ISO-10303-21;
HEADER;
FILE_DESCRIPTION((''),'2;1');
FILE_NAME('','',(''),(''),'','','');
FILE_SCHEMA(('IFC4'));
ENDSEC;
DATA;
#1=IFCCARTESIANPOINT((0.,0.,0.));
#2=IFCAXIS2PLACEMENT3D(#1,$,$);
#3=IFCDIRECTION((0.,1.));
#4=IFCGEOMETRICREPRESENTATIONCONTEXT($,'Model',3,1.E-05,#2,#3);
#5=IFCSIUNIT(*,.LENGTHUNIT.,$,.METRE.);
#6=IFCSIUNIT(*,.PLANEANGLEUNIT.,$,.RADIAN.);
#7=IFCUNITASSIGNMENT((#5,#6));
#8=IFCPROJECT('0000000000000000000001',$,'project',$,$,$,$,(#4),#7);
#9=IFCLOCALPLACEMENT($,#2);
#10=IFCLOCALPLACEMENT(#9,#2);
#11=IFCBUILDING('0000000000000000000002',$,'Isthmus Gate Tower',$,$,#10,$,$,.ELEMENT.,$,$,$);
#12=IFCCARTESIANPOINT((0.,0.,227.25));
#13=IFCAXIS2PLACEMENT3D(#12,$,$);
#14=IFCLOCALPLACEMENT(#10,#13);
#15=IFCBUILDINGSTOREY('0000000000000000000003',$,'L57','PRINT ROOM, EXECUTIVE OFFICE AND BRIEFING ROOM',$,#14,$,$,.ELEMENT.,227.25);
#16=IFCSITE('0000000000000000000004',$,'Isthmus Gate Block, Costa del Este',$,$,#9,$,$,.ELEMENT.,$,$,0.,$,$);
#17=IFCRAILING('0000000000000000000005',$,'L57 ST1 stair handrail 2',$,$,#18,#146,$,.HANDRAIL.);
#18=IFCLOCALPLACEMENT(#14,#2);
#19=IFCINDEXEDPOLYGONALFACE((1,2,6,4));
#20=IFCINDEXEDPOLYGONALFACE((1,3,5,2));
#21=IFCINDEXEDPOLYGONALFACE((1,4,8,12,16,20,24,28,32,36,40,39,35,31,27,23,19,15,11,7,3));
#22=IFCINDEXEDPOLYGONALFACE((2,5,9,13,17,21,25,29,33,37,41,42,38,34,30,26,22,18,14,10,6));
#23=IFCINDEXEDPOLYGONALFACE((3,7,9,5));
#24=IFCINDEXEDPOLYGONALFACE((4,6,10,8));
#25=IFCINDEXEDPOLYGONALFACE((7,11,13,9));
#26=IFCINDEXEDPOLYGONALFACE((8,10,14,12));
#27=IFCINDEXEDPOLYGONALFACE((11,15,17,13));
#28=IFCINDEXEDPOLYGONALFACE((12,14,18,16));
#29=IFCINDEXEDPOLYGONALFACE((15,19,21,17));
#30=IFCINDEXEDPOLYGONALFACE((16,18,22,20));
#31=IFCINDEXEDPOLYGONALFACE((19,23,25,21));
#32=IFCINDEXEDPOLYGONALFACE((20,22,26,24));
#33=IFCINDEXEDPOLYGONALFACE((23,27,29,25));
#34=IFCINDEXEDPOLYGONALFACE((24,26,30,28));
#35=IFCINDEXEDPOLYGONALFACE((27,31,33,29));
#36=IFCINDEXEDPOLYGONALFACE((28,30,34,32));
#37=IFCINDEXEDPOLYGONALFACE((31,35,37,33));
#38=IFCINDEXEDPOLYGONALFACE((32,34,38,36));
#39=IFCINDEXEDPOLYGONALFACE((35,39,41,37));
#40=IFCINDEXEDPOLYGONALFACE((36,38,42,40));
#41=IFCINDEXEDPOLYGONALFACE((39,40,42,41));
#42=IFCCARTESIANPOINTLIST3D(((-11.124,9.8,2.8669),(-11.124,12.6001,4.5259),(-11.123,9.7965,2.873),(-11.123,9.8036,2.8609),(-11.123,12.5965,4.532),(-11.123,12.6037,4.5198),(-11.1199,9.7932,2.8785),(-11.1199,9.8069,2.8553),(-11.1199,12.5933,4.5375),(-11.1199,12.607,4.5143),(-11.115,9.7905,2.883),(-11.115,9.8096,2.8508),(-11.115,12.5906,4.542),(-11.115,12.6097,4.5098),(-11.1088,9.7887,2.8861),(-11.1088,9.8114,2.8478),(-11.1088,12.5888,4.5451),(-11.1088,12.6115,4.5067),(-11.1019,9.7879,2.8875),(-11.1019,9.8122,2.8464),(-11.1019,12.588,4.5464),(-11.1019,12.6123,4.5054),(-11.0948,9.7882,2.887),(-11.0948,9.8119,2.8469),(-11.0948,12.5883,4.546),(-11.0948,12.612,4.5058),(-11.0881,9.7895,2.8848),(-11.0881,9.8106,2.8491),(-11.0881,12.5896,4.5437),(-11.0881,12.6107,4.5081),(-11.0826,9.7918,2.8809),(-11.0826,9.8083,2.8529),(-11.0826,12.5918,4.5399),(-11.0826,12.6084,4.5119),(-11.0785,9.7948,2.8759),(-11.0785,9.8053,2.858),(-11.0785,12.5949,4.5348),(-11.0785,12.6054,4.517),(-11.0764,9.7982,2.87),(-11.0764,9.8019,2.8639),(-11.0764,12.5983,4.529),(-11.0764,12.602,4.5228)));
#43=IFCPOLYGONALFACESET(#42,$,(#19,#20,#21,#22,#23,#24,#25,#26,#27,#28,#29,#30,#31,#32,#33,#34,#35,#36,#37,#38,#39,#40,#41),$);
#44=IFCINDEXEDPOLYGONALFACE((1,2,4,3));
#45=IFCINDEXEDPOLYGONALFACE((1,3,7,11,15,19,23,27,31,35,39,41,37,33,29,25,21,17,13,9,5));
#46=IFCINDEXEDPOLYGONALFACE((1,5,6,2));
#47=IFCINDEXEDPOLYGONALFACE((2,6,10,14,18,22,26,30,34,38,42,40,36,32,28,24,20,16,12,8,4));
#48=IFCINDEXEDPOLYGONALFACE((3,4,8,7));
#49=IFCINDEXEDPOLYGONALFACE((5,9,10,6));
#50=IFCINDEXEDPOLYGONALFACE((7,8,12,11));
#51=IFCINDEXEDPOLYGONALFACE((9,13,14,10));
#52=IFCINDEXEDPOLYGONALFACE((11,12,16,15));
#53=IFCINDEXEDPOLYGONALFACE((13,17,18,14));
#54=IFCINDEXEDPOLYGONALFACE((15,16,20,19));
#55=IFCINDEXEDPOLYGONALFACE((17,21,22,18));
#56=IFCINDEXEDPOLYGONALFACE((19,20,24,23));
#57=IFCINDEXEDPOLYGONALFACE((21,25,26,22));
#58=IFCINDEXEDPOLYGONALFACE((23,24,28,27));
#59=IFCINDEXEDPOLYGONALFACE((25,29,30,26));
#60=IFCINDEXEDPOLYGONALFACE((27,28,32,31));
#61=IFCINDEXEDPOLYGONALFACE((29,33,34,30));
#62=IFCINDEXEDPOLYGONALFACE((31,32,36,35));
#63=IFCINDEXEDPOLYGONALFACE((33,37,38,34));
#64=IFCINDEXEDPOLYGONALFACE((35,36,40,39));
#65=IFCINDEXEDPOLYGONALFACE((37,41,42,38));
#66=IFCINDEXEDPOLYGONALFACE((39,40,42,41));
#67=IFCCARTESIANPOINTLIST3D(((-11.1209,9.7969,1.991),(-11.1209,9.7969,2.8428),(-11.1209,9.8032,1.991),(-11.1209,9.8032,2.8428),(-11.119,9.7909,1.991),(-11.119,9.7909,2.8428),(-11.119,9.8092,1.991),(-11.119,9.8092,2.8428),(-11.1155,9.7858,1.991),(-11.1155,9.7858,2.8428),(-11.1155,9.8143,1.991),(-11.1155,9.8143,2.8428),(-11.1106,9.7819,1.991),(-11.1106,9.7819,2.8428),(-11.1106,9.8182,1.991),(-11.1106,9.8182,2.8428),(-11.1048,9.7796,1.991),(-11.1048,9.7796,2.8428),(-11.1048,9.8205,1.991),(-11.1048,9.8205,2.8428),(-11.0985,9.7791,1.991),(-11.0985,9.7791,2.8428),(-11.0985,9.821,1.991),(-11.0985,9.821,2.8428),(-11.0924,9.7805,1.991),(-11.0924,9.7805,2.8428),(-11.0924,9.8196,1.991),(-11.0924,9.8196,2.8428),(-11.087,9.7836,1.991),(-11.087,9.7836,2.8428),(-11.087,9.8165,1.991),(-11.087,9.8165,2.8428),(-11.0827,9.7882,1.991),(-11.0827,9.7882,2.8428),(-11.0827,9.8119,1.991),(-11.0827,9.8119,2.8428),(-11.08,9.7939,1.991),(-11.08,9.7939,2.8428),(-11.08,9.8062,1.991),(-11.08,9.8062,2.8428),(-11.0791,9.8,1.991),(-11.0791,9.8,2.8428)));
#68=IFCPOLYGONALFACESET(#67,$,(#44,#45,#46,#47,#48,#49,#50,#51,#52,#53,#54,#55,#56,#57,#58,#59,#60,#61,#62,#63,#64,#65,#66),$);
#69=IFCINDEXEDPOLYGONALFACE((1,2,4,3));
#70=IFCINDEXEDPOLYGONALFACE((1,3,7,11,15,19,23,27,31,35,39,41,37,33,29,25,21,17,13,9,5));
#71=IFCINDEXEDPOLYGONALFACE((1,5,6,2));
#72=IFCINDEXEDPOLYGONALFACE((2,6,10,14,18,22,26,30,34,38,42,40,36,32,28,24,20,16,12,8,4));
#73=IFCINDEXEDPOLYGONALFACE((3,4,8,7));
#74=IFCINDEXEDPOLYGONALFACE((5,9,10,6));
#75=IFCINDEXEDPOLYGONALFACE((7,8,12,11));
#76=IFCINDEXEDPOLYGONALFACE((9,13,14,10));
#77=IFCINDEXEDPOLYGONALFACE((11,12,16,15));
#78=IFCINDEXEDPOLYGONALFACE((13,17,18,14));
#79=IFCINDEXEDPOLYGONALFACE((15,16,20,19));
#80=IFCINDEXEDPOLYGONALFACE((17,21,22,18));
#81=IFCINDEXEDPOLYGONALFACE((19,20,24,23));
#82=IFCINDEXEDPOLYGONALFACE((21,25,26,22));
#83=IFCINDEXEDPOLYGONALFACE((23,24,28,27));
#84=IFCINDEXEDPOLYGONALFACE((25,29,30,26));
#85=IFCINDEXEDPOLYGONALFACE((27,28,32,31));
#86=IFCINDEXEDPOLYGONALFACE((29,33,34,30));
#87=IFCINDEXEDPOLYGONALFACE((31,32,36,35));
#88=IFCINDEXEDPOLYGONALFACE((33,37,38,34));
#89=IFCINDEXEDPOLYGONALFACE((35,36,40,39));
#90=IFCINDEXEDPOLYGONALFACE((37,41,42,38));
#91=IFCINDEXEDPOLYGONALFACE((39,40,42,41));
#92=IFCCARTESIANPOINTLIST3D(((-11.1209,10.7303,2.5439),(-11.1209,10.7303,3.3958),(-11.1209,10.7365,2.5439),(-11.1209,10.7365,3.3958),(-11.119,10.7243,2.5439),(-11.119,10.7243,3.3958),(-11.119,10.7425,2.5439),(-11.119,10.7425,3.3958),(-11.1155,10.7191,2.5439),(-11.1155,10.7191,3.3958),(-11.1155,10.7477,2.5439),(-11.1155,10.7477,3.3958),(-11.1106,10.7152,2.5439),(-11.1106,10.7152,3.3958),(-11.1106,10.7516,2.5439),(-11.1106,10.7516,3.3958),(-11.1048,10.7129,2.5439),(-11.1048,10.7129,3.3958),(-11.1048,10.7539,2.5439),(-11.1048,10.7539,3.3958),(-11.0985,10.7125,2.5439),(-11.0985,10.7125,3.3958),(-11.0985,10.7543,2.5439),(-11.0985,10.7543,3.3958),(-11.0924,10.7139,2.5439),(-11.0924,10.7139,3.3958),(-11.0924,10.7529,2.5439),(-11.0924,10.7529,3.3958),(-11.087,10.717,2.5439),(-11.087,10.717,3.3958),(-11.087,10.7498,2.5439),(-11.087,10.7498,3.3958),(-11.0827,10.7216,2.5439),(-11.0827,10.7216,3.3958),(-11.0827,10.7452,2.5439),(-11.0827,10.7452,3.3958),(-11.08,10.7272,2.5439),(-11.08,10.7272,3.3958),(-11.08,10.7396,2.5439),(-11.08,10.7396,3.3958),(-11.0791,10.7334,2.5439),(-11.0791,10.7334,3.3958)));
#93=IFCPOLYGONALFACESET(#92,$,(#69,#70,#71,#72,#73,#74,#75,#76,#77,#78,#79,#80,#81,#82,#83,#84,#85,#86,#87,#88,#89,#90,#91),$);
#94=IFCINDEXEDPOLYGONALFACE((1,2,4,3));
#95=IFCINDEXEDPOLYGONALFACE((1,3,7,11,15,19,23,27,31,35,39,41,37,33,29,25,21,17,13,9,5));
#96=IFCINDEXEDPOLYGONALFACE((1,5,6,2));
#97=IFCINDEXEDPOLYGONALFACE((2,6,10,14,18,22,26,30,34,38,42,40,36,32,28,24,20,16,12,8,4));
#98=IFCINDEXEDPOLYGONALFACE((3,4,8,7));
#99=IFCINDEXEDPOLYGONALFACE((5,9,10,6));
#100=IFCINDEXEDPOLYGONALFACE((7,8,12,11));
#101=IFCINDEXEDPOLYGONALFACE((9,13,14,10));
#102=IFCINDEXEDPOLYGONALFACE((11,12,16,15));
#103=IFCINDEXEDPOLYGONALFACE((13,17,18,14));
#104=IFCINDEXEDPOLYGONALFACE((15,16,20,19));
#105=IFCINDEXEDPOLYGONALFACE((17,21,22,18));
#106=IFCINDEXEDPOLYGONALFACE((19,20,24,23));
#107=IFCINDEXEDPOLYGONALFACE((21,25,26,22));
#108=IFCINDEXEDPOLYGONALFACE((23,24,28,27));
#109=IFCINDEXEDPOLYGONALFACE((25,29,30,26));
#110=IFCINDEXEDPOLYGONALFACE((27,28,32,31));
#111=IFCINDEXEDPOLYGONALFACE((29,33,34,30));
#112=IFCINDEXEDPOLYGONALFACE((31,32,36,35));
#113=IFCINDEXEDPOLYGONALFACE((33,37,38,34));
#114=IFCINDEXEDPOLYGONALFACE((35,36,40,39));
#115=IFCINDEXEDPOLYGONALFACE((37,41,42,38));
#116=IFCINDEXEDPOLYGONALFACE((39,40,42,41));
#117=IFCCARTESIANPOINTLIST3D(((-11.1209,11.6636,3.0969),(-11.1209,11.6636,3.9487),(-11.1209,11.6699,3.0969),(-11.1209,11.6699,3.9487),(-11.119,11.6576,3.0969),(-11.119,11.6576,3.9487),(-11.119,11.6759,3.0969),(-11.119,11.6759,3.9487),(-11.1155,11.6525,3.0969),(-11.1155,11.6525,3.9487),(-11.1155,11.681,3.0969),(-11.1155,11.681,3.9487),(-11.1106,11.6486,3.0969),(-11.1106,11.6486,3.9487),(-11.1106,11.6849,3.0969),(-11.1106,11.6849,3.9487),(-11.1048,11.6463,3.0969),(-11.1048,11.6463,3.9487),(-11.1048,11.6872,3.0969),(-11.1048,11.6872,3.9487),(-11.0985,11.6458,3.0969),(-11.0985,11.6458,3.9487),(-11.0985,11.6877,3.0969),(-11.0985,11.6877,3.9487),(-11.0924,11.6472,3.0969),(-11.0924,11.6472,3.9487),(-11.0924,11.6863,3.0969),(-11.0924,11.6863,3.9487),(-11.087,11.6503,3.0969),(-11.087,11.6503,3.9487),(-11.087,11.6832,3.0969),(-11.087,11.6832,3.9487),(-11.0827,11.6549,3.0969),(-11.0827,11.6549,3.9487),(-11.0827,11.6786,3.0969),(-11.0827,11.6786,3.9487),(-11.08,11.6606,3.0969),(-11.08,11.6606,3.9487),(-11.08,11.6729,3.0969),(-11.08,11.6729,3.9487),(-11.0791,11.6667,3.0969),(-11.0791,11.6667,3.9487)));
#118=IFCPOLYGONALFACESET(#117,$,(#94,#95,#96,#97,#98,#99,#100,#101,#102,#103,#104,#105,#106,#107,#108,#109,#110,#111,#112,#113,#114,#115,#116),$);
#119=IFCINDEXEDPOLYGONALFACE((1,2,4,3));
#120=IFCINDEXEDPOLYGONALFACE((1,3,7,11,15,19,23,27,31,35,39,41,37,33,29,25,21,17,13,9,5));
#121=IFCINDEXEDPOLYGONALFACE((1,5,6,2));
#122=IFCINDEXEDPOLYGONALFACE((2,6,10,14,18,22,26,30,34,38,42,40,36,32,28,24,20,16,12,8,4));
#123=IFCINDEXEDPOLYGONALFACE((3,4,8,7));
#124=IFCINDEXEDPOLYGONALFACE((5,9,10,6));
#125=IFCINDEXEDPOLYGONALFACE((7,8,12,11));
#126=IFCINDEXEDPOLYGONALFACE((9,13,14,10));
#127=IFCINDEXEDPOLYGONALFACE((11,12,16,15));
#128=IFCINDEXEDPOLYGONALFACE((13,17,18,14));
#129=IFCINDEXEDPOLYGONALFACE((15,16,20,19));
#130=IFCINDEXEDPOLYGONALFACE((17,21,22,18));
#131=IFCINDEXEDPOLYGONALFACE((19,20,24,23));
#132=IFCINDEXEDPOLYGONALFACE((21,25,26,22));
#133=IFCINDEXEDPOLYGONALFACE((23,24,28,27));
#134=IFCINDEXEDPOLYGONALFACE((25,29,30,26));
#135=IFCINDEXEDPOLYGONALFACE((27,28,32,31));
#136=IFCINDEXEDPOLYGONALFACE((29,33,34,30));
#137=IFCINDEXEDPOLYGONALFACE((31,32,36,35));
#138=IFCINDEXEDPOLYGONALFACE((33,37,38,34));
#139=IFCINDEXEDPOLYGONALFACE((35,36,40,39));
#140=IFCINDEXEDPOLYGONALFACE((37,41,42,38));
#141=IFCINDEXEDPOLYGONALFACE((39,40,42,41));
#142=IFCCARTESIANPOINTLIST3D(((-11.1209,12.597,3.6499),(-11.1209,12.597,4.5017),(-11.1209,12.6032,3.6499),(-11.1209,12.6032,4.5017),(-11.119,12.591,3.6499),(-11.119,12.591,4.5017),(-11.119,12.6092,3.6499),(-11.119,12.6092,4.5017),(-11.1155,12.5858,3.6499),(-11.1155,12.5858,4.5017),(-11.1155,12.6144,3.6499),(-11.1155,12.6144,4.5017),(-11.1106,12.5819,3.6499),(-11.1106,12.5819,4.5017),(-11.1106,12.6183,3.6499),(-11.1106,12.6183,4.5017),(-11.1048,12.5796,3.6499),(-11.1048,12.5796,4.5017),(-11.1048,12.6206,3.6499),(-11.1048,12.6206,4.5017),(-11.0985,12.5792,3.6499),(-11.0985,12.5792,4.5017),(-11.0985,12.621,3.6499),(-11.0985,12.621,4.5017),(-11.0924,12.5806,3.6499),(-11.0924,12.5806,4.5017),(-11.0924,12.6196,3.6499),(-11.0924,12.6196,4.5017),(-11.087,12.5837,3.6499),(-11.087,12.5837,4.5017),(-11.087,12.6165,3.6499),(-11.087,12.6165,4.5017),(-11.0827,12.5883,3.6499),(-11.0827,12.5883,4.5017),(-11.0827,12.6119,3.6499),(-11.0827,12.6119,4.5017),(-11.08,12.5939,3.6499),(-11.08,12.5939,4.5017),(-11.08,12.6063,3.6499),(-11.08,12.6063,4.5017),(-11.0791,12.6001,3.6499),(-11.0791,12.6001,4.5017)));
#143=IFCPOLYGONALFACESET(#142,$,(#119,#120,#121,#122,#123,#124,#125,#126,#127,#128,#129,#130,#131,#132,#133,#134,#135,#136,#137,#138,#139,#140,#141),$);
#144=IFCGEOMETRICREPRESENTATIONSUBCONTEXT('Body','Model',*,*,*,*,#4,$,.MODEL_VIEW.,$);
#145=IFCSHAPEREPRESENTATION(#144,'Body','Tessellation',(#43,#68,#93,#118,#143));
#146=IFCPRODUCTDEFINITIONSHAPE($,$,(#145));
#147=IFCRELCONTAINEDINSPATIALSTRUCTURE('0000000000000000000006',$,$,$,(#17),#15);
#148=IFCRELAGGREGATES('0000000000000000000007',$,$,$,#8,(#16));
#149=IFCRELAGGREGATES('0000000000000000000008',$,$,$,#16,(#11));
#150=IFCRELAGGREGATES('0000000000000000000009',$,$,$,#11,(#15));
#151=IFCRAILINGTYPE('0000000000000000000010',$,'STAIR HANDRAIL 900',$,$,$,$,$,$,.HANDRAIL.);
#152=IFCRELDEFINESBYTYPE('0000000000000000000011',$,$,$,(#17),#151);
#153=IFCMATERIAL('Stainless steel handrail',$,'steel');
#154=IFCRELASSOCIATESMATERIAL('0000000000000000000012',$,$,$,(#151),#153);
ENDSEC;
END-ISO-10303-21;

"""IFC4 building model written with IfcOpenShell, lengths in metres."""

from ifc_helpers import new_model, si_unit, direction, frame, origin, origin_2d, place, context, subcontext, project, spatial, circle, extrude, material, type_object, element, save


model = new_model("IFC4")

# Units and contexts
model_context = context("Model", 3, precision=1e-05, world=origin(), true_north=direction((0.0, 1.0)))
body_context = subcontext(model_context, "Body", "Model", "MODEL_VIEW")
ifc_project = project(units=[si_unit("LENGTHUNIT", "METRE"), si_unit("PLANEANGLEUNIT", "RADIAN")], contexts=[model_context])

# Site, building, storey
site_placement = place(None, origin())
site = spatial("IfcSite", under=ifc_project, at=site_placement, Name="Isthmus Gate Block, Costa del Este", CompositionType="ELEMENT", RefElevation=0.0)
building_placement = place(site_placement, origin())
building = spatial("IfcBuilding", under=site, at=building_placement, Name="Isthmus Gate Tower", CompositionType="ELEMENT")
storey_placement = place(building_placement, frame((0.0, 0.0, 227.25)))
storey = spatial("IfcBuildingStorey", under=building, at=storey_placement, Name="L57", Description="PRINT ROOM, EXECUTIVE OFFICE AND BRIEFING ROOM", CompositionType="ELEMENT", Elevation=227.25)

# Railing
ifc_material_1 = material(Name="Stainless steel handrail", Category="steel")
railing_type_1 = type_object("IfcRailingType", Name="STAIR HANDRAIL 900", PredefinedType="HANDRAIL", material=ifc_material_1)
railing_1_placement = place(storey_placement, frame((-11.1001, 9.8, 1.991)))
element("IfcRailing", 1, at=railing_1_placement, inside=storey, type_object=railing_type_1, Name="L57 ST1 stair handrail 2", PredefinedType="HANDRAIL", context=body_context, shape_type="SweptSolid", body=[
    extrude(circle(Radius=0.0239, at=origin_2d()), frame((0.0, 0.0, 0.876), z_axis=(0.0, 0.860339, 0.509722), x_axis=(-1.0, 0.0, 0.0)), (0.0, 0.0, 1.0), 3.2546),
    extrude(circle(Radius=0.021, at=origin_2d()), origin(), (0.0, 0.0, 1.0), 0.8518),
    extrude(circle(Radius=0.021, at=origin_2d()), frame((0.0, 0.9333, 0.553)), (0.0, 0.0, 1.0), 0.8518),
    extrude(circle(Radius=0.021, at=origin_2d()), frame((0.0, 1.8667, 1.106)), (0.0, 0.0, 1.0), 0.8518),
    extrude(circle(Radius=0.021, at=origin_2d()), frame((0.0, 2.8, 1.6589)), (0.0, 0.0, 1.0), 0.8518),
])

save(model, "model.ifc")
